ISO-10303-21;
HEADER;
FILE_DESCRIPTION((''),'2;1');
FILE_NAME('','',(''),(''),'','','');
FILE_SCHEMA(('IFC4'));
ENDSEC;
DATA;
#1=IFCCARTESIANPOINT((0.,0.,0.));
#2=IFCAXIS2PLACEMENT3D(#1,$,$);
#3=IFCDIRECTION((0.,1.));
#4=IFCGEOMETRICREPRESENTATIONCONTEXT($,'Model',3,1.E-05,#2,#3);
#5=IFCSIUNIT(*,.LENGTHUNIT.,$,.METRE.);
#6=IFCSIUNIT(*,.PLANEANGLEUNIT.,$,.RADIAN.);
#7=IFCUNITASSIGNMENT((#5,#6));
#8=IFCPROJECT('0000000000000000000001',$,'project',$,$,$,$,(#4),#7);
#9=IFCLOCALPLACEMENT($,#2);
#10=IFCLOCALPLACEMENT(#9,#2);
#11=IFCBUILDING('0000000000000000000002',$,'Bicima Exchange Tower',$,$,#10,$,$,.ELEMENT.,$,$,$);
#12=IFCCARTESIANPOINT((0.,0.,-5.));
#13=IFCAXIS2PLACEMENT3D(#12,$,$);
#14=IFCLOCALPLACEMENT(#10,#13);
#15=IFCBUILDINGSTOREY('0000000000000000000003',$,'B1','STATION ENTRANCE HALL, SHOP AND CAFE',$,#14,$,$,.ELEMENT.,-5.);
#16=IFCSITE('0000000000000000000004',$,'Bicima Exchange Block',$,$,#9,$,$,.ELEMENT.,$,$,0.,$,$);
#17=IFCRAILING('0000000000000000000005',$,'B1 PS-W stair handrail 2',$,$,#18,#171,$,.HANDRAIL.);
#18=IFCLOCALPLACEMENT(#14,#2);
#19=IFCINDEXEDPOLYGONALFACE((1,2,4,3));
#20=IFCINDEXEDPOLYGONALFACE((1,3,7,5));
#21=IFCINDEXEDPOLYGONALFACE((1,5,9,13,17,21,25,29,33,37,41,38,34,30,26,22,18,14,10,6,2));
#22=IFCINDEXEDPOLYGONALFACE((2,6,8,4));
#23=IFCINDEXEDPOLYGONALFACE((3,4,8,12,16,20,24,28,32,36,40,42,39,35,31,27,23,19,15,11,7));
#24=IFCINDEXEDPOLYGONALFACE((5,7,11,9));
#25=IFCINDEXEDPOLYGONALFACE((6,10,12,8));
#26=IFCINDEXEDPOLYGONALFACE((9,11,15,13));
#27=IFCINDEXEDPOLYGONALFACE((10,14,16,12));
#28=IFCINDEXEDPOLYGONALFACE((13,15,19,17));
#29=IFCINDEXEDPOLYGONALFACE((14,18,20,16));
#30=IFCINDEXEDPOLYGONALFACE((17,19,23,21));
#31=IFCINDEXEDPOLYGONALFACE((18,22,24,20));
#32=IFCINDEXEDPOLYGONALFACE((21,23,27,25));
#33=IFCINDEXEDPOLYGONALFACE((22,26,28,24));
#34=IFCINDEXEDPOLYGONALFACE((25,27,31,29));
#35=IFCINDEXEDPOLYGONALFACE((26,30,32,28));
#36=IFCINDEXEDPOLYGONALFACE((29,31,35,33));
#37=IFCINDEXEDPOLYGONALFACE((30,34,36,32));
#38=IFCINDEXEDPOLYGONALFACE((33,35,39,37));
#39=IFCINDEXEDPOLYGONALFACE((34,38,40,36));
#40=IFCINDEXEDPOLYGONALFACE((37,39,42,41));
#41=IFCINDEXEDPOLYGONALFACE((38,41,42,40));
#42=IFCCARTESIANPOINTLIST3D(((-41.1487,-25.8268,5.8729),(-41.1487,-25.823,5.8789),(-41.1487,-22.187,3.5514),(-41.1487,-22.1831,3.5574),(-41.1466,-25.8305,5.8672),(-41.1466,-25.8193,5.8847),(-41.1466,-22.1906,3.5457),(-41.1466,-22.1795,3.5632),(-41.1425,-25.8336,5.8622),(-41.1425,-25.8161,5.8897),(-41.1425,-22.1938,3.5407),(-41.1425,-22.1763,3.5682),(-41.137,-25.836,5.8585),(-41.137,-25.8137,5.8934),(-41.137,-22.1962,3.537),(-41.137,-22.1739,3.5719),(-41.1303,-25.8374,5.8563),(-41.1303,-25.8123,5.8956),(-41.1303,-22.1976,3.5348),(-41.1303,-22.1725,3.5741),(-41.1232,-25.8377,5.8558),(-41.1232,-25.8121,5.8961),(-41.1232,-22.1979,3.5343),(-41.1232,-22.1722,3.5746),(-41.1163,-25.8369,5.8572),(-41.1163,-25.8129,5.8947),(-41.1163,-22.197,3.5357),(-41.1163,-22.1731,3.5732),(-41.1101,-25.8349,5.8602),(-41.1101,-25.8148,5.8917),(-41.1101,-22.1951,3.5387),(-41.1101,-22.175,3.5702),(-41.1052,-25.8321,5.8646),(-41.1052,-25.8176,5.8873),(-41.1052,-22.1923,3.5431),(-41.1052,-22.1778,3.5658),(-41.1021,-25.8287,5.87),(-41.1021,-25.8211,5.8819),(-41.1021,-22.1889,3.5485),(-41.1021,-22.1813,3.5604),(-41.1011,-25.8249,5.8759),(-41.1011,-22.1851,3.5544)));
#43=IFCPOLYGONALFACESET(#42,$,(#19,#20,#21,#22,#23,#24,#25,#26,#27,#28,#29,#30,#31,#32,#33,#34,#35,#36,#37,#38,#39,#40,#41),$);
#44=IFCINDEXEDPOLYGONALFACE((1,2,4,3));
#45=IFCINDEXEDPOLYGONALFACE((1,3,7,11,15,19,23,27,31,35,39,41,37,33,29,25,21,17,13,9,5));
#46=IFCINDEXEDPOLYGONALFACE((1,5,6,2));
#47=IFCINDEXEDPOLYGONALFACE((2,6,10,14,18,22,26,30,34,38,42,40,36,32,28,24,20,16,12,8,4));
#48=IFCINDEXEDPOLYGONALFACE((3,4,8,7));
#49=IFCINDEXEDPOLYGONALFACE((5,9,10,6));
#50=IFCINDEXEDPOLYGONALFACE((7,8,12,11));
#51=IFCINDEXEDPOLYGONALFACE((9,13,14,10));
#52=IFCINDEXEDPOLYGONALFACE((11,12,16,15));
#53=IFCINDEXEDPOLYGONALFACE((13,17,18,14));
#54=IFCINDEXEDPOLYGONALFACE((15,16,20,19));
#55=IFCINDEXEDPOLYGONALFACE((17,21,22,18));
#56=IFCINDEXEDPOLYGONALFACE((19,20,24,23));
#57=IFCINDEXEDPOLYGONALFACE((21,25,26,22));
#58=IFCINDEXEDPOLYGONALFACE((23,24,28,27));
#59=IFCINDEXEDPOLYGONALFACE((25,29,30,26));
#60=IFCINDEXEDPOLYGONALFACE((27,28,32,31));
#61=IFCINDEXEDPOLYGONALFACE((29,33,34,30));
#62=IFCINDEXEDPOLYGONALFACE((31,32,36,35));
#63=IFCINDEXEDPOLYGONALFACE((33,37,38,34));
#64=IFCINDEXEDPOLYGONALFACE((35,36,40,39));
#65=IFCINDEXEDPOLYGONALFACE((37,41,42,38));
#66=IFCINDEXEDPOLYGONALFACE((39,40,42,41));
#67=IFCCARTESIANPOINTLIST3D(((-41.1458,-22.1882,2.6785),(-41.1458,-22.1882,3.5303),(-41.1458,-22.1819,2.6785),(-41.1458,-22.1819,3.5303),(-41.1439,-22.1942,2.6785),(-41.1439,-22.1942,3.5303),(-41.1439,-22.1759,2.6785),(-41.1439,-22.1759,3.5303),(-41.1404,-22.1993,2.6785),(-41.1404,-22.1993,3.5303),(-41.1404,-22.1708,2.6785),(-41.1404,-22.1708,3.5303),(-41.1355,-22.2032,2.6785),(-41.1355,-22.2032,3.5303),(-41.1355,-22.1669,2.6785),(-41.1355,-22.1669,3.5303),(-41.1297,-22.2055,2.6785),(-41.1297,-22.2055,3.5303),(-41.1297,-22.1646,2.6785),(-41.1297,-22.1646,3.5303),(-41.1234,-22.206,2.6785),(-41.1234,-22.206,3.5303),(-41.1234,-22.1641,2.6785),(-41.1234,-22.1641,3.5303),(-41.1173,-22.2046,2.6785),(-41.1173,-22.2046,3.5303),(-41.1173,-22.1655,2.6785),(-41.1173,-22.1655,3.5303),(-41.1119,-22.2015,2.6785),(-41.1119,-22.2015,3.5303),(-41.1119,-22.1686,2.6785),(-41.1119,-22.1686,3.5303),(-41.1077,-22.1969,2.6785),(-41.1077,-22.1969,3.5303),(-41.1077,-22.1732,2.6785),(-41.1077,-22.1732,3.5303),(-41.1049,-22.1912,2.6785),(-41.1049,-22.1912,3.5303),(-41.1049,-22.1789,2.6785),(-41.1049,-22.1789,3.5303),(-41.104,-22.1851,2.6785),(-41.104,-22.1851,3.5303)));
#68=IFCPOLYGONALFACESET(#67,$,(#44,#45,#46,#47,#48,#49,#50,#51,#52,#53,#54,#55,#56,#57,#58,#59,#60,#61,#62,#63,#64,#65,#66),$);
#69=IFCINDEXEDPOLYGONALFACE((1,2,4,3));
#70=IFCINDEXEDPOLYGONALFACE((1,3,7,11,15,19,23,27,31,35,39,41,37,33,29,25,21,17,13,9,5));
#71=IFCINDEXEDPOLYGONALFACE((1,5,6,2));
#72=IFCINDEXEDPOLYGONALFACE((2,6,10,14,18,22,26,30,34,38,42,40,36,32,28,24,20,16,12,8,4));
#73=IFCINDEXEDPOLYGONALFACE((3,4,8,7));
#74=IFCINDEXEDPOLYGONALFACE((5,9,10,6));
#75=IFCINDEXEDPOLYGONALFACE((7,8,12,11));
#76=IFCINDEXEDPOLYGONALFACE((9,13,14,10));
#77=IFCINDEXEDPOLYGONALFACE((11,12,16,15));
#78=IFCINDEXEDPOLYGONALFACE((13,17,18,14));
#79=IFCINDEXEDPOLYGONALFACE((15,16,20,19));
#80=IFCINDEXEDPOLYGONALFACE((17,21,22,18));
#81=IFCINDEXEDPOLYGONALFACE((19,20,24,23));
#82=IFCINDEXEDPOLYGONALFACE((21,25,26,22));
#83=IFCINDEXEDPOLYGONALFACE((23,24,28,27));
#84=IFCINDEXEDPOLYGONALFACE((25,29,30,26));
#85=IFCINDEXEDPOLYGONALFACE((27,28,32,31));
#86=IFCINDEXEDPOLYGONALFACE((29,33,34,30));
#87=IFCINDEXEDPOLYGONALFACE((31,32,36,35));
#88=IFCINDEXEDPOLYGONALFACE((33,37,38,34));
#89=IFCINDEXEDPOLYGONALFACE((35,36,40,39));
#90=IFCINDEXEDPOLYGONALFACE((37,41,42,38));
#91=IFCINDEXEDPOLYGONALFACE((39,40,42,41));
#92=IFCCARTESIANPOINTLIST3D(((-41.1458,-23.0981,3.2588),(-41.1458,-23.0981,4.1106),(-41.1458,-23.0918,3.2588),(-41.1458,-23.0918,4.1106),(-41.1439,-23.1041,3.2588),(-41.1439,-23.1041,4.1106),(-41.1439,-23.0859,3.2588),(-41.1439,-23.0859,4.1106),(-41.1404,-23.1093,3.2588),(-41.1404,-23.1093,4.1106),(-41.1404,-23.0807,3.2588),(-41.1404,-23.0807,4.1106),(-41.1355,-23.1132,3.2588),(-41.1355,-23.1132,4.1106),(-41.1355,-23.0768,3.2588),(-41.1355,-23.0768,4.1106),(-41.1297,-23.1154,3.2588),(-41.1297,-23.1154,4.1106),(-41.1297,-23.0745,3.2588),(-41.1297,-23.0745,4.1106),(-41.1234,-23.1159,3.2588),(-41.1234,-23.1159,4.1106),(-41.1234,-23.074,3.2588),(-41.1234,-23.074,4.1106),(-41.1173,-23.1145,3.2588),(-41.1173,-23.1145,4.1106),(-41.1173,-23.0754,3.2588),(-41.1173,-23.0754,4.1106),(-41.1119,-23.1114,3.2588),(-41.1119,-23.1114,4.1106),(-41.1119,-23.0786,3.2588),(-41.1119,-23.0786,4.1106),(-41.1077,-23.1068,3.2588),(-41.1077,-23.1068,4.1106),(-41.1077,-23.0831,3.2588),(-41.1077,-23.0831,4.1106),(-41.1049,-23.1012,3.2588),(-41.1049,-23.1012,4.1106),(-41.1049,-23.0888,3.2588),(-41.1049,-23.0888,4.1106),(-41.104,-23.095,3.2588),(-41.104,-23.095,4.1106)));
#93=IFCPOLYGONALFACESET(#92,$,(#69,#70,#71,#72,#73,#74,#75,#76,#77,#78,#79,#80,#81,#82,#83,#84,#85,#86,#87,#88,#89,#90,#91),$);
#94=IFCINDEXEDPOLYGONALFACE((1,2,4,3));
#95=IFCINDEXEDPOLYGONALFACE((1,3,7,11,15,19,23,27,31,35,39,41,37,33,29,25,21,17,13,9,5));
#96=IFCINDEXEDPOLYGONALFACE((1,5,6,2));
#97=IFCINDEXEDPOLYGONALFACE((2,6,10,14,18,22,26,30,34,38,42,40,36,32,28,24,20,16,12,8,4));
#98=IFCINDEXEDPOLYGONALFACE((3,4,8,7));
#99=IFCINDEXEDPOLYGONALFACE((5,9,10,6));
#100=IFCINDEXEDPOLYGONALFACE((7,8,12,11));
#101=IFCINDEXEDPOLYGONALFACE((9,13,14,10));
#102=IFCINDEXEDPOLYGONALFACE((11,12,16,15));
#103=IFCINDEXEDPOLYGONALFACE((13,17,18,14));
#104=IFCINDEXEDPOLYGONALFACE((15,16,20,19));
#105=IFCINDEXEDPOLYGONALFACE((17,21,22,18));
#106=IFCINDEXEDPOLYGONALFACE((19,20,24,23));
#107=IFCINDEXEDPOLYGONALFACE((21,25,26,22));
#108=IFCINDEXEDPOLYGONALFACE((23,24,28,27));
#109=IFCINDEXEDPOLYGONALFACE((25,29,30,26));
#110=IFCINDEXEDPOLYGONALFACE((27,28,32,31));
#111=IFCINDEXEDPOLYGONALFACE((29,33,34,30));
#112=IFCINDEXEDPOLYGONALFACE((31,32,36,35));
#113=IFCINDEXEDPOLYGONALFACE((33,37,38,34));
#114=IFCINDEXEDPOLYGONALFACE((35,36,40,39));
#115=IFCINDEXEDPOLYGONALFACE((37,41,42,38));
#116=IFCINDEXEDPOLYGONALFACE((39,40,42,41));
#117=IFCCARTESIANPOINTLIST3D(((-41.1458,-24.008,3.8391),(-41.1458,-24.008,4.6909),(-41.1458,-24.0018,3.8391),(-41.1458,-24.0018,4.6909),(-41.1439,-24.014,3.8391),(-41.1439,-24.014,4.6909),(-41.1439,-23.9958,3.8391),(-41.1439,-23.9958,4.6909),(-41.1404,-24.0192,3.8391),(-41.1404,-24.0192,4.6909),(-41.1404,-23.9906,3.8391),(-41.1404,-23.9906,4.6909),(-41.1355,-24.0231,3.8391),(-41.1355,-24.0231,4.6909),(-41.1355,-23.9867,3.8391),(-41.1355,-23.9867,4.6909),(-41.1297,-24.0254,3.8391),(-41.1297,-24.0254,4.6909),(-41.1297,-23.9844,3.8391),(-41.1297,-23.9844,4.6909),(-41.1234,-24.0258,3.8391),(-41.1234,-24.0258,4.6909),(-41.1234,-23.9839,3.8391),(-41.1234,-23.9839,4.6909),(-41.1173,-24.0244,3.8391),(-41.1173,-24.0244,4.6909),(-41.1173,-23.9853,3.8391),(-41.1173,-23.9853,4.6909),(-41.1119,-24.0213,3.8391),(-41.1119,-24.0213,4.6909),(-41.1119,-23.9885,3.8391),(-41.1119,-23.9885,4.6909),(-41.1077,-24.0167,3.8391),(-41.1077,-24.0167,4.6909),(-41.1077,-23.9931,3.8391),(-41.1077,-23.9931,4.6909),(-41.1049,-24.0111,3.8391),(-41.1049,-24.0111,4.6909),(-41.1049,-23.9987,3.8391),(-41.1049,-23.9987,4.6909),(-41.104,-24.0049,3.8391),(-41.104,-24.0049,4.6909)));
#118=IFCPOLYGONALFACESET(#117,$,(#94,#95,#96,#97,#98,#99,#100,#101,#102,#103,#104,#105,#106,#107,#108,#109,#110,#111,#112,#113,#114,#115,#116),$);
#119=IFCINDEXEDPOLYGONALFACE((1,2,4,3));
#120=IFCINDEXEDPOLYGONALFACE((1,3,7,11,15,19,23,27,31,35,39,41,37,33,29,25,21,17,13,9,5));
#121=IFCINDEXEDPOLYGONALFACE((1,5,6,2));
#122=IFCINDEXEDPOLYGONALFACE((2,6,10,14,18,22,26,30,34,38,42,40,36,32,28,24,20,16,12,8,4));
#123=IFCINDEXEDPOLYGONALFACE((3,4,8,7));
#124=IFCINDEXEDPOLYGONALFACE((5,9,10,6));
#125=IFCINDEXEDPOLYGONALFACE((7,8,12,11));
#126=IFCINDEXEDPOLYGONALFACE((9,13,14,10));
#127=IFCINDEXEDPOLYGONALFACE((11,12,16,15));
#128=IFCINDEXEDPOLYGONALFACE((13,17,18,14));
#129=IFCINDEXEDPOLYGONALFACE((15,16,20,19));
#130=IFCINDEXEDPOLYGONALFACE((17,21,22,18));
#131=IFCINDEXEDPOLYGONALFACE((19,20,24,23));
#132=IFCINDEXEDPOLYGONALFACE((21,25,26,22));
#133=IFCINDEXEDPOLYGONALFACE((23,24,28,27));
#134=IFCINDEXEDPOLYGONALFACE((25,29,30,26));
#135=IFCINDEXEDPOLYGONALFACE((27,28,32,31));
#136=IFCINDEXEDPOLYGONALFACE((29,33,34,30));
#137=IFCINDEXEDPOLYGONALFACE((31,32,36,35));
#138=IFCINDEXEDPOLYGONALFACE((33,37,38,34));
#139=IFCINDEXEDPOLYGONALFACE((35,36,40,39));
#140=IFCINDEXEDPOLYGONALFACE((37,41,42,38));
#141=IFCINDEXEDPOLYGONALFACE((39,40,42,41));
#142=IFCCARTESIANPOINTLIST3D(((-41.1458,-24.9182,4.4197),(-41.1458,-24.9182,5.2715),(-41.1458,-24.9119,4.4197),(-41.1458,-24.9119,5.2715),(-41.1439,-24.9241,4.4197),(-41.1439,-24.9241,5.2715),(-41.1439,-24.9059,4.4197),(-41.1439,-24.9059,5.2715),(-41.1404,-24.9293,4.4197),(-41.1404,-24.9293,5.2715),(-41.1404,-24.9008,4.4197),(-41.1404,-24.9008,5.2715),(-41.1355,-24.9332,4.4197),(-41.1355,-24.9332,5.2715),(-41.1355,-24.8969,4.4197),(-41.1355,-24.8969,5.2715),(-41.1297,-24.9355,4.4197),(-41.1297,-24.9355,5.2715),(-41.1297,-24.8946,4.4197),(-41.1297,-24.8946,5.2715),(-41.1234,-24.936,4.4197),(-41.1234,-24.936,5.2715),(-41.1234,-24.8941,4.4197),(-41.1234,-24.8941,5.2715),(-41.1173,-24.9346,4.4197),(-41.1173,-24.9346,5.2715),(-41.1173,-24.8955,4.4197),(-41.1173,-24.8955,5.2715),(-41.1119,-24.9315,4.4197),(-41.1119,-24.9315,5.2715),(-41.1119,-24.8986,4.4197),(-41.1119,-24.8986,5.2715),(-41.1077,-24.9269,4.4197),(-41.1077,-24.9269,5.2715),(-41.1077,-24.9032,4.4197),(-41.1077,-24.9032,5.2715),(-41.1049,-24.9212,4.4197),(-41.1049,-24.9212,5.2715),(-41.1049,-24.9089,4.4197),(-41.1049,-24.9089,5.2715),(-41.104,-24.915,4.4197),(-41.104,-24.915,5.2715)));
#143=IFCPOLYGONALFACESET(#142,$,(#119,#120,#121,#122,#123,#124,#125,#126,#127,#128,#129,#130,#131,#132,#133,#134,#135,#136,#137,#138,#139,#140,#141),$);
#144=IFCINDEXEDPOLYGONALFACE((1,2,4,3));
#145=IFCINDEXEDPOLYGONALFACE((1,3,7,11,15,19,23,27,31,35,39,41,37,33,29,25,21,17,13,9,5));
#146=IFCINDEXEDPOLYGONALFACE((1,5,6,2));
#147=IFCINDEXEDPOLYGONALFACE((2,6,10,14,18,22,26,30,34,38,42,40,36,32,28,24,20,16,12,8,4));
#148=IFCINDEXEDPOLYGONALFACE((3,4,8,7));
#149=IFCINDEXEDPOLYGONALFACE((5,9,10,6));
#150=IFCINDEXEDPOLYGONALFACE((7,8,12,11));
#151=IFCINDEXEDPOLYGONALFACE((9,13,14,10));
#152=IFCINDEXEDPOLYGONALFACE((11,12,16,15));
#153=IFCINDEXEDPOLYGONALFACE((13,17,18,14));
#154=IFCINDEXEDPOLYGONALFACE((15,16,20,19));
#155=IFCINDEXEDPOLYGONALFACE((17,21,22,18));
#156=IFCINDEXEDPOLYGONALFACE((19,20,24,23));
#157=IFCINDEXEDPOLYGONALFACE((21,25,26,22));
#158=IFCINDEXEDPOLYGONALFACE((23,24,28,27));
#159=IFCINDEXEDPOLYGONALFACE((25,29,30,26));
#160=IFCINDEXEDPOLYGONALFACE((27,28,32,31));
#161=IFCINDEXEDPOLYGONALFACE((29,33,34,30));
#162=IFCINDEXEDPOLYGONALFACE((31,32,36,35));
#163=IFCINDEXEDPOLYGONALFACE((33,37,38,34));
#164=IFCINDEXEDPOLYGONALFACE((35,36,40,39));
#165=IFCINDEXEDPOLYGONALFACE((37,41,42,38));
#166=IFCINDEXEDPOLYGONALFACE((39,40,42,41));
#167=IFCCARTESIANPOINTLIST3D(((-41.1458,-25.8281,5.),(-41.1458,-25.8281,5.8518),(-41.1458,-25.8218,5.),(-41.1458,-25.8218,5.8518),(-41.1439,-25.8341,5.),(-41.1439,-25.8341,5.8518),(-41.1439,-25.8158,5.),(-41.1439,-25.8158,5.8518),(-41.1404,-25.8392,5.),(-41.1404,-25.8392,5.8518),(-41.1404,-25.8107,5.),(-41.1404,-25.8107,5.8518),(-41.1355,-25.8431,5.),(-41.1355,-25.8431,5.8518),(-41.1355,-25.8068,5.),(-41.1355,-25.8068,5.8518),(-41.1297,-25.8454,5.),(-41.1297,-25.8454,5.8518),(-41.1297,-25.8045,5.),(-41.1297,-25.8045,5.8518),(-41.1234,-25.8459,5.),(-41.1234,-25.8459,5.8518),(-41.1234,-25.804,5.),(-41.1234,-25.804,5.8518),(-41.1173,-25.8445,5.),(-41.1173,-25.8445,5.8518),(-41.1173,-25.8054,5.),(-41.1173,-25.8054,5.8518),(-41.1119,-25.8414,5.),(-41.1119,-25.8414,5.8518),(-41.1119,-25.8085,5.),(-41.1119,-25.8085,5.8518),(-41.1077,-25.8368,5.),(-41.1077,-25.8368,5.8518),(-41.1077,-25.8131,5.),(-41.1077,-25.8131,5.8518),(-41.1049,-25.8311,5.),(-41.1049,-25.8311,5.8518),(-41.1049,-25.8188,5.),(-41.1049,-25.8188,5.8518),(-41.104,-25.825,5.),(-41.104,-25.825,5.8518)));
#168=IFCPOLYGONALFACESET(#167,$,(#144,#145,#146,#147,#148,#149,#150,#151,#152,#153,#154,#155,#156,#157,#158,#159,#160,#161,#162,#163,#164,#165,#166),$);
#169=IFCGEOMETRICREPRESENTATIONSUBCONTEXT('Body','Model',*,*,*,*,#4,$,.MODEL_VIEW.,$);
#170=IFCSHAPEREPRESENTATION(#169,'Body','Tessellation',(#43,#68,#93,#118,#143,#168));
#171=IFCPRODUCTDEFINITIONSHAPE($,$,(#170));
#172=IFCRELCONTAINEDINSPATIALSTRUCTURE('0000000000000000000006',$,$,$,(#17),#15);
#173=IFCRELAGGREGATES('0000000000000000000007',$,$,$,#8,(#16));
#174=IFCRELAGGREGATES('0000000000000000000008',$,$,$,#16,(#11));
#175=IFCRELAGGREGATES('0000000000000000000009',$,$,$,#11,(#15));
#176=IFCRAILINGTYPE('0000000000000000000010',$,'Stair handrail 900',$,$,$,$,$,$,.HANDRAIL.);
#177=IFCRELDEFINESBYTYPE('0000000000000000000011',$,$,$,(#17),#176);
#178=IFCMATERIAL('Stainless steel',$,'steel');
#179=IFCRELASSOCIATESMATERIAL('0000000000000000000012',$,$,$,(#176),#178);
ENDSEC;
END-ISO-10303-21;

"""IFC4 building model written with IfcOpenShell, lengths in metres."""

from ifc_helpers import new_model, si_unit, direction, frame, origin, origin_2d, place, context, subcontext, project, spatial, circle, extrude, material, type_object, element, save


model = new_model("IFC4")

# Units and contexts
model_context = context("Model", 3, precision=1e-05, world=origin(), true_north=direction((0.0, 1.0)))
body_context = subcontext(model_context, "Body", "Model", "MODEL_VIEW")
ifc_project = project(units=[si_unit("LENGTHUNIT", "METRE"), si_unit("PLANEANGLEUNIT", "RADIAN")], contexts=[model_context])

# Site, building, storey
site_placement = place(None, origin())
site = spatial("IfcSite", under=ifc_project, at=site_placement, Name="Bicima Exchange Block", CompositionType="ELEMENT", RefElevation=0.0)
building_placement = place(site_placement, origin())
building = spatial("IfcBuilding", under=site, at=building_placement, Name="Bicima Exchange Tower", CompositionType="ELEMENT")
storey_placement = place(building_placement, frame((0.0, 0.0, -5.0)))
storey = spatial("IfcBuildingStorey", under=building, at=storey_placement, Name="B1", Description="STATION ENTRANCE HALL, SHOP AND CAFE", CompositionType="ELEMENT", Elevation=-5.0)

# Railing
ifc_material_1 = material(Name="Stainless steel", Category="steel")
railing_type_1 = type_object("IfcRailingType", Name="Stair handrail 900", PredefinedType="HANDRAIL", material=ifc_material_1)
railing_1_placement = place(storey_placement, frame((-41.125, -22.1851, 2.6785)))
element("IfcRailing", 1, at=railing_1_placement, inside=storey, type_object=railing_type_1, Name="B1 PS-W stair handrail 2", PredefinedType="HANDRAIL", context=body_context, shape_type="SweptSolid", body=[
    extrude(circle(Radius=0.0239, at=origin_2d()), frame((0.0, 0.0, 0.876), z_axis=(0.0, -0.843112, 0.537739), x_axis=(1.0, 0.0, 0.0)), (0.0, 0.0, 1.0), 4.3171),
    extrude(circle(Radius=0.021, at=origin_2d()), origin(), (0.0, 0.0, 1.0), 0.8518),
    extrude(circle(Radius=0.021, at=origin_2d()), frame((0.0, -0.9099, 0.5803)), (0.0, 0.0, 1.0), 0.8518),
    extrude(circle(Radius=0.021, at=origin_2d()), frame((0.0, -1.8198, 1.1606)), (0.0, 0.0, 1.0), 0.8518),
    extrude(circle(Radius=0.021, at=origin_2d()), frame((0.0, -2.73, 1.7412)), (0.0, 0.0, 1.0), 0.8518),
    extrude(circle(Radius=0.021, at=origin_2d()), frame((0.0, -3.6399, 2.3215)), (0.0, 0.0, 1.0), 0.8518),
])

save(model, "model.ifc")
